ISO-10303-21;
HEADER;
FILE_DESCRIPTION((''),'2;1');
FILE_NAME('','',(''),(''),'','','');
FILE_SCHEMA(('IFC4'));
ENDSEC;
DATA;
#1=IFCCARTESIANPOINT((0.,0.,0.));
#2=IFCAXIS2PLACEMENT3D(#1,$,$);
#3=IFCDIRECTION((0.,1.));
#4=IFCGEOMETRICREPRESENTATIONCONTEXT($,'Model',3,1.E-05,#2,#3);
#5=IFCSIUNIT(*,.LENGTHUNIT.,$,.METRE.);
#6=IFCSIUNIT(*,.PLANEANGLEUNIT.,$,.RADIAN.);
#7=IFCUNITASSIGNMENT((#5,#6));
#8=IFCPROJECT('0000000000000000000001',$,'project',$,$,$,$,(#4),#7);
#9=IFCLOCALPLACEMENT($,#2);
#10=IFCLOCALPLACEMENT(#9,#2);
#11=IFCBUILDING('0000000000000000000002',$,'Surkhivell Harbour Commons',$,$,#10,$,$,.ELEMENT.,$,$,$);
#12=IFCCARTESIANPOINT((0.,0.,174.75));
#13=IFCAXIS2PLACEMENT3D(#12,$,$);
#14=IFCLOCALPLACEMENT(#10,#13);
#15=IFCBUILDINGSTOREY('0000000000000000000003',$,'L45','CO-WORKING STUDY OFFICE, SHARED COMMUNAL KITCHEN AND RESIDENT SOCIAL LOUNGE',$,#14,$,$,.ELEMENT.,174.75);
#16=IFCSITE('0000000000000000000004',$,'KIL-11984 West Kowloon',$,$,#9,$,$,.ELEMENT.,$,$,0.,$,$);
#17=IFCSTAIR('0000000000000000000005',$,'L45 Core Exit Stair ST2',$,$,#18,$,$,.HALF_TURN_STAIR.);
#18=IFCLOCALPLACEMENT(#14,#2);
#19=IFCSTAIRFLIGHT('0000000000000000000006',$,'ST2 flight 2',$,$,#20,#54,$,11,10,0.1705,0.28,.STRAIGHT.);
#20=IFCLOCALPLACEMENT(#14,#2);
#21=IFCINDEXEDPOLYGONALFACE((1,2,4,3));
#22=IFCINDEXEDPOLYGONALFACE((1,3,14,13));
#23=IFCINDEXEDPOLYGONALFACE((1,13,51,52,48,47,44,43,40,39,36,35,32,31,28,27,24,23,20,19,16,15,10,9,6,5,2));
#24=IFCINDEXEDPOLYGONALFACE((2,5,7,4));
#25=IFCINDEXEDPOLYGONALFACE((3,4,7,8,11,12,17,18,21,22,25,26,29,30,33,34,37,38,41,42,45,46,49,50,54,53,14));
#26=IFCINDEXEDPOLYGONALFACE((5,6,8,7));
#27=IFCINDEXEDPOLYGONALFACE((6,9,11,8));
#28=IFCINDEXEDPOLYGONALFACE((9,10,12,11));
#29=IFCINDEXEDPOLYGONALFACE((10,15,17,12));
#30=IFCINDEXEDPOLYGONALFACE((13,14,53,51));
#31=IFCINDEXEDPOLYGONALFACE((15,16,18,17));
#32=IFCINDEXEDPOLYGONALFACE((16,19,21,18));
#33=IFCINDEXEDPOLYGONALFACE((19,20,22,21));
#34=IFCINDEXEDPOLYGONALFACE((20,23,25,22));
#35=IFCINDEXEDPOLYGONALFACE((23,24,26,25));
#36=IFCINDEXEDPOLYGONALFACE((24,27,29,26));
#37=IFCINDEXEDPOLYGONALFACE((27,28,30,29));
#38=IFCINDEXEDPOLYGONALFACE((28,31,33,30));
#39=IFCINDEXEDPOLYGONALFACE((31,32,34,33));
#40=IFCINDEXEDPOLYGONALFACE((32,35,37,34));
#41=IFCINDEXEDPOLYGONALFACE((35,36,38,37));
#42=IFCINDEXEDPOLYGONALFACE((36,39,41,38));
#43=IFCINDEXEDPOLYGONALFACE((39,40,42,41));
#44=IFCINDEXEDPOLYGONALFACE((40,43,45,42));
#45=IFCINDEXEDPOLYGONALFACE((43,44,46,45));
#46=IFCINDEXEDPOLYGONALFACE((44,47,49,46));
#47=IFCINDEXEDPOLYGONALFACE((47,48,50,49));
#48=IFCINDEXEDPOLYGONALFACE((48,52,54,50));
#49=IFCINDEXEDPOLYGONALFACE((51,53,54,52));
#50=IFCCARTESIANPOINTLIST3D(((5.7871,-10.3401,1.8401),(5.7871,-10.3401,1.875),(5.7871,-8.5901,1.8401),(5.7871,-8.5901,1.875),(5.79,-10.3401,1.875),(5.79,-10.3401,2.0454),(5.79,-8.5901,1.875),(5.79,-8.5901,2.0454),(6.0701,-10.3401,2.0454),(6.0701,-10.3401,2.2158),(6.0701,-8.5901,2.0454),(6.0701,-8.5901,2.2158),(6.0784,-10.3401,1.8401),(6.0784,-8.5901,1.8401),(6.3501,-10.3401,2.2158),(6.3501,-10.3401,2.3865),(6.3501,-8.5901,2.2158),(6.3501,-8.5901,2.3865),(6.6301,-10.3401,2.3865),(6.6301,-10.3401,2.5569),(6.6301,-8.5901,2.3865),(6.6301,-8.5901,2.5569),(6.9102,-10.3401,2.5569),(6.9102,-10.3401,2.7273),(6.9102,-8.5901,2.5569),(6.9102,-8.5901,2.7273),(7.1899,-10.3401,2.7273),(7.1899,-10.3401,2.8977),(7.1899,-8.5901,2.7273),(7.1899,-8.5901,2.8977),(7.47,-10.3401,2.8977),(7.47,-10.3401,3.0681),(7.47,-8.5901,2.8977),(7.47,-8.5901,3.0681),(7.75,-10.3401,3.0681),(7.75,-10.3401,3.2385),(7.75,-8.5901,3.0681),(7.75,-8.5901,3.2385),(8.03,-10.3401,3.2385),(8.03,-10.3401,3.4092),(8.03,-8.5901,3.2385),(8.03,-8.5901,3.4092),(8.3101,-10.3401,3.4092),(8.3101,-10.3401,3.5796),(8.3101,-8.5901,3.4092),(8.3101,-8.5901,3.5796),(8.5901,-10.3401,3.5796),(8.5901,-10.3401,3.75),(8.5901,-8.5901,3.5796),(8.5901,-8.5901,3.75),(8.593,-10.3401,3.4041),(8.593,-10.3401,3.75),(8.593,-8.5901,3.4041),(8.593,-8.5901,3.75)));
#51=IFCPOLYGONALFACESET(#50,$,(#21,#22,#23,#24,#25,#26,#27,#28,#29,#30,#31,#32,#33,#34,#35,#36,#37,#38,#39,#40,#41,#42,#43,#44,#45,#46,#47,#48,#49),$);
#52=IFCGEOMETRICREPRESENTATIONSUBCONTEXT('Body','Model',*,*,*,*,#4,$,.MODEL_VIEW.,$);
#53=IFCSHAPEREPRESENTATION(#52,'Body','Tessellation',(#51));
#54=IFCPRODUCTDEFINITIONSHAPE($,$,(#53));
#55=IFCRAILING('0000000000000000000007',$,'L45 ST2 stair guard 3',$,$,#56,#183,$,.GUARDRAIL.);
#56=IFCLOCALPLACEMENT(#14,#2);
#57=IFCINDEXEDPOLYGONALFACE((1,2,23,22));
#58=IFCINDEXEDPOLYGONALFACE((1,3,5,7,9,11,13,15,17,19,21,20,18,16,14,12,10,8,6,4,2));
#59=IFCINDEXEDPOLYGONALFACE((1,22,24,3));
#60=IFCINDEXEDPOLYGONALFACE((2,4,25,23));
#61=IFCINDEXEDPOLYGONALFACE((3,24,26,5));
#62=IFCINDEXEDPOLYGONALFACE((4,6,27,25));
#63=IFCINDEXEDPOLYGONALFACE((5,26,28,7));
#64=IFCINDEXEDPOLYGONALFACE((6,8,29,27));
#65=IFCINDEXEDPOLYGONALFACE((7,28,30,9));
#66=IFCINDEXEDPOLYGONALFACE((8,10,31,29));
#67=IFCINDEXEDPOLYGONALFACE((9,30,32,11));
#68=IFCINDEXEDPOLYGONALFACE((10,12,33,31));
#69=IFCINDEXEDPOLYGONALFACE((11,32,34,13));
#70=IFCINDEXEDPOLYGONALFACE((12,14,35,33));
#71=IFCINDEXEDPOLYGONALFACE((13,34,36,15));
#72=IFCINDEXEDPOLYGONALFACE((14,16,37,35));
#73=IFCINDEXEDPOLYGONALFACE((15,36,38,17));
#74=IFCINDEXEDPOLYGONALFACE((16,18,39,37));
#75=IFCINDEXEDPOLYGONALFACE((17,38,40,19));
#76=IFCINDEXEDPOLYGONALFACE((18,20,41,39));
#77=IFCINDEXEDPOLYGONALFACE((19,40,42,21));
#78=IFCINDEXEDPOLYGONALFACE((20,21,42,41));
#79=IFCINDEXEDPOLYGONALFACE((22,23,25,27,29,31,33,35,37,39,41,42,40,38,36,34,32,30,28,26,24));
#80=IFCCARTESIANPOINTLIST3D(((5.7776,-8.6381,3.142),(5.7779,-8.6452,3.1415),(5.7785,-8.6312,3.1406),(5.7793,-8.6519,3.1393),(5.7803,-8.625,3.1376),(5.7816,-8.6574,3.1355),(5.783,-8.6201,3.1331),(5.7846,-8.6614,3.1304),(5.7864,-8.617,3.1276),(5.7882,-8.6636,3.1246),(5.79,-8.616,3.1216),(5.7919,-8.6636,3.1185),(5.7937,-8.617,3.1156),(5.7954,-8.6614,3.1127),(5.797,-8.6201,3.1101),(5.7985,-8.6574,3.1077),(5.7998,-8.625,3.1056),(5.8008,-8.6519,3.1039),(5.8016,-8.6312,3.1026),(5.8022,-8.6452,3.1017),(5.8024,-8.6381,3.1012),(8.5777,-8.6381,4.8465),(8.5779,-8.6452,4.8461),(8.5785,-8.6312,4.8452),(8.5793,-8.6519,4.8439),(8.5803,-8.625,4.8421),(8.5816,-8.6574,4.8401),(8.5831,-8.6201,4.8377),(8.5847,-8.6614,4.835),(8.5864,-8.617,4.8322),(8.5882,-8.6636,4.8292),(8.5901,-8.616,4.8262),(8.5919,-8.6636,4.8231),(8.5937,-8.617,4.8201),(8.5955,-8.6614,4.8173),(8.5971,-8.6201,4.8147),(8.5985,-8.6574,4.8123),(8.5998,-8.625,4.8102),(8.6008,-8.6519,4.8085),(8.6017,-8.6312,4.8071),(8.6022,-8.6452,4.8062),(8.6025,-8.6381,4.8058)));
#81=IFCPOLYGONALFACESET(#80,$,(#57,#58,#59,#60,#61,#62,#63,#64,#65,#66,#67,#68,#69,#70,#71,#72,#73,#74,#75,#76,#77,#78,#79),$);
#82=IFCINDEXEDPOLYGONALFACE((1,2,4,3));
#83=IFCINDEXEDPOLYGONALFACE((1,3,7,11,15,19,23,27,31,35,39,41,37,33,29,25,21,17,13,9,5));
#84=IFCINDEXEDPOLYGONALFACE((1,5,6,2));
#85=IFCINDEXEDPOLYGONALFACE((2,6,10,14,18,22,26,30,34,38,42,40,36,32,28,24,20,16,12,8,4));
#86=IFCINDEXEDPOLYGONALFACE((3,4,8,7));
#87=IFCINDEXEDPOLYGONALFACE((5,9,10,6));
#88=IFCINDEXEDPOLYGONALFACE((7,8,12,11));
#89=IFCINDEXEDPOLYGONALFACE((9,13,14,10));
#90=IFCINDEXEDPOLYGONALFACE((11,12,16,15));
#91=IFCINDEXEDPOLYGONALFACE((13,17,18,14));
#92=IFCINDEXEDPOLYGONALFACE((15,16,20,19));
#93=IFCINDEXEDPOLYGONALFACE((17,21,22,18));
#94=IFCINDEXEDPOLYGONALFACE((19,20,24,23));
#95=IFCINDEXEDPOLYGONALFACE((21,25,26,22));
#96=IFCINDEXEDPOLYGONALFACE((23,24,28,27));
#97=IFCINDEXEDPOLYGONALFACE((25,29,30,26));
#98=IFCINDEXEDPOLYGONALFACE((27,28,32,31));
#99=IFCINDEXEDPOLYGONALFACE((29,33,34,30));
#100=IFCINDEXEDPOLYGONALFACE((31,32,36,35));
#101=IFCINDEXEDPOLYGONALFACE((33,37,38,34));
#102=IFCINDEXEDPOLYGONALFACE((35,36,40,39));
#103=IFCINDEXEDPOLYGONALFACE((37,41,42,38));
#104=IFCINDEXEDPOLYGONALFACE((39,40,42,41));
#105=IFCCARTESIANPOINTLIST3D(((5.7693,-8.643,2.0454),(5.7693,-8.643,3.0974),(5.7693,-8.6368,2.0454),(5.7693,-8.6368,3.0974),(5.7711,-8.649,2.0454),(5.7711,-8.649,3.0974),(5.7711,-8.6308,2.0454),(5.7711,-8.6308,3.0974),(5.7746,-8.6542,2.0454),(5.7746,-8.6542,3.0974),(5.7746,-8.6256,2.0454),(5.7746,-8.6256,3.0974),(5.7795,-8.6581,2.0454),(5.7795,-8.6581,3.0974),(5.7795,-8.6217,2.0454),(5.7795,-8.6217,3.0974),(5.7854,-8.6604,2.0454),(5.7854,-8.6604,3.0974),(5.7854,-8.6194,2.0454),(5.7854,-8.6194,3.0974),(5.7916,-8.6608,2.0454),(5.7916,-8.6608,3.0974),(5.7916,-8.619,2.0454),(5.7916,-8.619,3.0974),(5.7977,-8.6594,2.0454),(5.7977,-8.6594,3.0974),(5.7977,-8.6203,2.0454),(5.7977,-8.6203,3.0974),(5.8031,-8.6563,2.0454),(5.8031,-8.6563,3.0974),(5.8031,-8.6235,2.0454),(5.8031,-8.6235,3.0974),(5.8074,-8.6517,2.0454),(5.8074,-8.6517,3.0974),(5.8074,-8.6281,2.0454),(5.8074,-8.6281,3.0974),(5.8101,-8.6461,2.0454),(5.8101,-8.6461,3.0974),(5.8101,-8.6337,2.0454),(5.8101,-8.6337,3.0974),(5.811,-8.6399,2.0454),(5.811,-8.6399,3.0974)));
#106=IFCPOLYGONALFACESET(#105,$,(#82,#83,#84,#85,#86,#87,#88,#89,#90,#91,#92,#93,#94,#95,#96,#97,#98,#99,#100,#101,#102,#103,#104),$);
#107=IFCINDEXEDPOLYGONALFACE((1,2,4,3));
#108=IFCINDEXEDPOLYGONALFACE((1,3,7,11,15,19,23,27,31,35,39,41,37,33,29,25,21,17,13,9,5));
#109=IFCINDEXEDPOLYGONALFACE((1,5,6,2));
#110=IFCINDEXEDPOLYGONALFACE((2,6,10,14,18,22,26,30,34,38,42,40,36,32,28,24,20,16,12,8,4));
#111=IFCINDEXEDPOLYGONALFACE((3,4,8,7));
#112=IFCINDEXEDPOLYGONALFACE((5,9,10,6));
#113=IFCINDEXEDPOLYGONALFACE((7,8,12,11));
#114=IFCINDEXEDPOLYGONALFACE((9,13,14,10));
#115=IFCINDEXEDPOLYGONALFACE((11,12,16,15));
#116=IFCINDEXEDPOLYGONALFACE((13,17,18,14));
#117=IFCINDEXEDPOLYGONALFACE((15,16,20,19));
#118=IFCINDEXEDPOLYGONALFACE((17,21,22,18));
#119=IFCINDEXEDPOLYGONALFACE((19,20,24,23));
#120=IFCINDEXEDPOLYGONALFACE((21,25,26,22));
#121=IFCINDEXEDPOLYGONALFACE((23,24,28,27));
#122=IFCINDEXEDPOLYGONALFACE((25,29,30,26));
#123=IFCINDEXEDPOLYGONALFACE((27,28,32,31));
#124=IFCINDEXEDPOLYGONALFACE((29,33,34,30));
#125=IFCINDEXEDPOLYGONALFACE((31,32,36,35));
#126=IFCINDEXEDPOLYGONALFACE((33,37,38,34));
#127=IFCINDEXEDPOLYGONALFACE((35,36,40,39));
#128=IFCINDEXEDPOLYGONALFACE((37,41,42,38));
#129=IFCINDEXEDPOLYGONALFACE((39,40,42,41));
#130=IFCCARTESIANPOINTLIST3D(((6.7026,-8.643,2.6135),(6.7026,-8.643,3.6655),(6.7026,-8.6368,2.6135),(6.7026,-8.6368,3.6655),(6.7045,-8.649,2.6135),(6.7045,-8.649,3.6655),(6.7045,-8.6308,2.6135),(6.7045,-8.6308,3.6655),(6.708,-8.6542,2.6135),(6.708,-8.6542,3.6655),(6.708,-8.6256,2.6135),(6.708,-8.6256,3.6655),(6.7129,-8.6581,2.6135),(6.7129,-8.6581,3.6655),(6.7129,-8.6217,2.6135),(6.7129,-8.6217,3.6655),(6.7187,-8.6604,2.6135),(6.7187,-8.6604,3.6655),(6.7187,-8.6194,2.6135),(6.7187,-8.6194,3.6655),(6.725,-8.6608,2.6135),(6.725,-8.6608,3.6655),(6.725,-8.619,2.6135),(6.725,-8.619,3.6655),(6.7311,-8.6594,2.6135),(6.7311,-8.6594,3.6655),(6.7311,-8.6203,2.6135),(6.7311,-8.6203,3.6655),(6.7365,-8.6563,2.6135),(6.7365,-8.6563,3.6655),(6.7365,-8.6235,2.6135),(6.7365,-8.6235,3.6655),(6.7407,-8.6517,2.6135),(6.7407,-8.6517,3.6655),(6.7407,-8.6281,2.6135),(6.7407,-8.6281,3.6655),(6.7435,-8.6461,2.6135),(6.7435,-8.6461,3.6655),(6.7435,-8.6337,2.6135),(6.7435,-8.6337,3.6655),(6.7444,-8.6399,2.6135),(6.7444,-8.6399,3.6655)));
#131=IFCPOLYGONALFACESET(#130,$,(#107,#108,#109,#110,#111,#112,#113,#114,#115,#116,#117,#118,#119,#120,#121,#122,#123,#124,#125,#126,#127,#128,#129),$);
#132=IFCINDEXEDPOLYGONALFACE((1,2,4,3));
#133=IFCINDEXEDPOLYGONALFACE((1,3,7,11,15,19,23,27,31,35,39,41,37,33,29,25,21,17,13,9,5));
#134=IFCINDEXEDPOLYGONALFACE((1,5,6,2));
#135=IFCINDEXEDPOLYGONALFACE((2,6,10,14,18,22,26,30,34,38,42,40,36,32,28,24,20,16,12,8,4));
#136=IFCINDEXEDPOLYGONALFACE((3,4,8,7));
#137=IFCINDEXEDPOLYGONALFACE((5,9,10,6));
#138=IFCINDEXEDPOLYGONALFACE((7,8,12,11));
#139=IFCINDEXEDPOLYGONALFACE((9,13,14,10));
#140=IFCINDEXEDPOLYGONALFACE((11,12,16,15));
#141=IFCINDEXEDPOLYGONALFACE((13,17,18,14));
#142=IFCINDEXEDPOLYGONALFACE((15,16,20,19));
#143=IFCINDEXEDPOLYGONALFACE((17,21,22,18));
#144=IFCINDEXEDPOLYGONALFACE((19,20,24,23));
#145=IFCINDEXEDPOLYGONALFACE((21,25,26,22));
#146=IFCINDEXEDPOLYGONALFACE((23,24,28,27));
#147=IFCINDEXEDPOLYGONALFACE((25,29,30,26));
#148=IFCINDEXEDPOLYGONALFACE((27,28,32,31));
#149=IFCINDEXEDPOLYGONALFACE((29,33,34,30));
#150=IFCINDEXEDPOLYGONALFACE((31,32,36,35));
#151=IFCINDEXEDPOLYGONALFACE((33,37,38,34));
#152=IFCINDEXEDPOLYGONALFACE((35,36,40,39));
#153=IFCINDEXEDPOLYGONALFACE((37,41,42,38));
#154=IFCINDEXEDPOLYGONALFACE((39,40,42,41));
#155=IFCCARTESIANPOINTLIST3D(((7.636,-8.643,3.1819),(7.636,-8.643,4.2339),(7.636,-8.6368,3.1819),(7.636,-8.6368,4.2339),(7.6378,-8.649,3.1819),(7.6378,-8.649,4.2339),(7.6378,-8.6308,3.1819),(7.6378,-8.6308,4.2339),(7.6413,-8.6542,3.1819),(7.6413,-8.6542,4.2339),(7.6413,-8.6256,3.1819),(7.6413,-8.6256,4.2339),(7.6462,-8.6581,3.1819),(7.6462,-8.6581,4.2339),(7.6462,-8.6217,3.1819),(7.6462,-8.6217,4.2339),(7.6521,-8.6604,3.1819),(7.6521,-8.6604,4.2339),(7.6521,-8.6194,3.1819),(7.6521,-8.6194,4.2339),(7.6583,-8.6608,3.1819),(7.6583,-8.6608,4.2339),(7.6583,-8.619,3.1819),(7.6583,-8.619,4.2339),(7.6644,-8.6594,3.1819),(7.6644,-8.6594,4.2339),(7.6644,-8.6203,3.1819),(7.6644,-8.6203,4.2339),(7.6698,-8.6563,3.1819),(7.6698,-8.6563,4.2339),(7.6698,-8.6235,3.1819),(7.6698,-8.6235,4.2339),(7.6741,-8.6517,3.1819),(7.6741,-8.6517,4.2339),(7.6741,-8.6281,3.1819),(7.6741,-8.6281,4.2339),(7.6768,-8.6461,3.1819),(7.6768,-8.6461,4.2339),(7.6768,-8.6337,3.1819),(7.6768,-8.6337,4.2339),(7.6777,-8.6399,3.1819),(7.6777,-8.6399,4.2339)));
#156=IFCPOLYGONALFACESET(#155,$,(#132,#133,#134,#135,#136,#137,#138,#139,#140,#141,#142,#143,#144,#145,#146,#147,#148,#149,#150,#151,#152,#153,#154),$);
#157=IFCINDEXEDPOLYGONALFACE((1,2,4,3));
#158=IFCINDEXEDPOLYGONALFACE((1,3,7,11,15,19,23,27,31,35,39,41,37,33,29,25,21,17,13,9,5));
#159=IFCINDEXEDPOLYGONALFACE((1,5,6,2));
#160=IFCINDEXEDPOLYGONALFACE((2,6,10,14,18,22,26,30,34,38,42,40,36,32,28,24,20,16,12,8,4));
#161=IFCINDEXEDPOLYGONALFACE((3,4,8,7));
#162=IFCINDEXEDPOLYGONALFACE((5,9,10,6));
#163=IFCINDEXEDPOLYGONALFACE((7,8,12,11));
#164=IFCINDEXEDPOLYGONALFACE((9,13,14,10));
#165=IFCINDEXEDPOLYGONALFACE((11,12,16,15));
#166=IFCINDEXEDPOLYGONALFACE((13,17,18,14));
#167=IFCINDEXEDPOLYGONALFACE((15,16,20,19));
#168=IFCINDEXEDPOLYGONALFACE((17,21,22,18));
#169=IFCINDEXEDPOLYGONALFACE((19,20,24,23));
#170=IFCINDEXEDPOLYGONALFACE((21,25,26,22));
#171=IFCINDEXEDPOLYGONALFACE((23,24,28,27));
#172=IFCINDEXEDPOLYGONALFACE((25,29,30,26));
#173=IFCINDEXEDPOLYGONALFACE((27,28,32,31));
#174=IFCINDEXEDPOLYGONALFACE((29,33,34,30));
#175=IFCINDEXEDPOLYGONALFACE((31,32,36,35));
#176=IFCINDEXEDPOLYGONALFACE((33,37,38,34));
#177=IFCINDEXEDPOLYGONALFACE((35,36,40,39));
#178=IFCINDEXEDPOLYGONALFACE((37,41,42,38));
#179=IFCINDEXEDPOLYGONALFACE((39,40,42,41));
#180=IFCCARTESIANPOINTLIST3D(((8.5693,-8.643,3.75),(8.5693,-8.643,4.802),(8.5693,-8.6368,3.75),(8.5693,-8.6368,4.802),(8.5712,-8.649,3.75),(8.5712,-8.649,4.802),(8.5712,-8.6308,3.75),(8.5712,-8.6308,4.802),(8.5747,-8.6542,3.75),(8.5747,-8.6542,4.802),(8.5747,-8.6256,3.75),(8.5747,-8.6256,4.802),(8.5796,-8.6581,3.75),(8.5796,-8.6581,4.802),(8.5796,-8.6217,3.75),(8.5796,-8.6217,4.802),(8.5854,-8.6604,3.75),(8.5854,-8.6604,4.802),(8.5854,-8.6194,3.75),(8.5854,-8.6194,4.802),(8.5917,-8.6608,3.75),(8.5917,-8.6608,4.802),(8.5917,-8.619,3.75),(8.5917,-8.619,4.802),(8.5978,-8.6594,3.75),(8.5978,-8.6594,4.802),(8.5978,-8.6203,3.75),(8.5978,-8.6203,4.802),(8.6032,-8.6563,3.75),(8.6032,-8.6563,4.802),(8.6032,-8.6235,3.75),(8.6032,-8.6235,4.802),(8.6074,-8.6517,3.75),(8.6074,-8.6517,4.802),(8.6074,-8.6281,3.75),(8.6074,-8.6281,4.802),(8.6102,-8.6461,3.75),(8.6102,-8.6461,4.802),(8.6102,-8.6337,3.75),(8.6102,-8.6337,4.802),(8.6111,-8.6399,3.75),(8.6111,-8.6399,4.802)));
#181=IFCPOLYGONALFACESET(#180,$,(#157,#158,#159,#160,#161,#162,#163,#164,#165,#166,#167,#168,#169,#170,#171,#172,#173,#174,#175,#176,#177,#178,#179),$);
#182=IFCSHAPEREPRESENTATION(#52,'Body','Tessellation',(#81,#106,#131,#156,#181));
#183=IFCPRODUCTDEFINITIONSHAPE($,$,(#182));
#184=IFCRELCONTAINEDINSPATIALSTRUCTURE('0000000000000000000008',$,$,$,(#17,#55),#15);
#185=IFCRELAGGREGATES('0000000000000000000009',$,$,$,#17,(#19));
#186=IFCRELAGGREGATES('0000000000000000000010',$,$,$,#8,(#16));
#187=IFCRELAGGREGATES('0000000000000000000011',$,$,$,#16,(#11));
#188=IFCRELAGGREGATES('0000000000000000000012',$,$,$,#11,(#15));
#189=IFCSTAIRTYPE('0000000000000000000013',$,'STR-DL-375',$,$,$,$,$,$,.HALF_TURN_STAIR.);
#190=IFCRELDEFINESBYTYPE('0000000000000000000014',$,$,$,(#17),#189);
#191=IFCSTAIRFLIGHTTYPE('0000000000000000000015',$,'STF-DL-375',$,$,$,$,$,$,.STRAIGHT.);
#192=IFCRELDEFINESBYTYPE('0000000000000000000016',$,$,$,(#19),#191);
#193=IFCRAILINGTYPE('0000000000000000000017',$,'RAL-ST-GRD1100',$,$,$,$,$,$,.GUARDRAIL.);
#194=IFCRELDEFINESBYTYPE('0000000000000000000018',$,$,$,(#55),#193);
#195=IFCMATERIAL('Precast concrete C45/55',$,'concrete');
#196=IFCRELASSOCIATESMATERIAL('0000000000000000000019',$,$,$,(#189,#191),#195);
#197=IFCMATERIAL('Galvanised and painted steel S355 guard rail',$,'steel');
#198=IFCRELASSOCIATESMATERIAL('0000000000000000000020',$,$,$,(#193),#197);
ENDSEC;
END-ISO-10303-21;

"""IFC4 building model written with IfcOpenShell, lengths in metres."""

from ifc_helpers import new_model, si_unit, direction, frame, origin, origin_2d, place, context, subcontext, project, spatial, polyline, circle, outline, extrude, material, type_object, element, aggregate, save


model = new_model("IFC4")

# Units and contexts
model_context = context("Model", 3, precision=1e-05, world=origin(), true_north=direction((0.0, 1.0)))
body_context = subcontext(model_context, "Body", "Model", "MODEL_VIEW")
ifc_project = project(units=[si_unit("LENGTHUNIT", "METRE"), si_unit("PLANEANGLEUNIT", "RADIAN")], contexts=[model_context])

# Site, building, storey
site_placement = place(None, origin())
site = spatial("IfcSite", under=ifc_project, at=site_placement, Name="KIL-11984 West Kowloon", CompositionType="ELEMENT", RefElevation=0.0)
building_placement = place(site_placement, origin())
building = spatial("IfcBuilding", under=site, at=building_placement, Name="Surkhivell Harbour Commons", CompositionType="ELEMENT")
storey_placement = place(building_placement, frame((0.0, 0.0, 174.75)))
storey = spatial("IfcBuildingStorey", under=building, at=storey_placement, Name="L45", Description="CO-WORKING STUDY OFFICE, SHARED COMMUNAL KITCHEN AND RESIDENT SOCIAL LOUNGE", CompositionType="ELEMENT", Elevation=174.75)

# Stair, stair flight
ifc_material_1 = material(Name="Precast concrete C45/55", Category="concrete")
stair_type = type_object("IfcStairType", Name="STR-DL-375", PredefinedType="HALF_TURN_STAIR", material=ifc_material_1)
stair_placement = place(storey_placement, origin())
stair = element("IfcStair", 1, at=stair_placement, inside=storey, type_object=stair_type, Name="L45 Core Exit Stair ST2", PredefinedType="HALF_TURN_STAIR")
stair_flight_type = type_object("IfcStairFlightType", Name="STF-DL-375", PredefinedType="STRAIGHT", material=ifc_material_1)
stair_flight_placement = place(storey_placement, frame((5.79, -9.4651, 1.875), z_axis=(0.0, 0.0, 1.0), x_axis=(1.0, 0.0, 0.0)))
stair_flight = element("IfcStairFlight", 2, at=stair_flight_placement, type_object=stair_flight_type, Name="ST2 flight 2", NumberOfRisers=11, NumberOfTreads=10, PredefinedType="STRAIGHT", RiserHeight=0.1705, TreadLength=0.28, context=body_context, shape_type="SweptSolid", body=[
    extrude(outline(polyline([(-0.0029, -0.0349), (-0.0029, 0.0), (0.0, 0.0), (0.0, 0.1704), (0.28, 0.1704), (0.28, 0.3408), (0.5601, 0.3408), (0.5601, 0.5115), (0.8401, 0.5115), (0.8401, 0.6819), (1.1201, 0.6819), (1.1201, 0.8523), (1.3999, 0.8523), (1.3999, 1.0227), (1.6799, 1.0227), (1.6799, 1.1931), (1.96, 1.1931), (1.96, 1.3635), (2.24, 1.3635), (2.24, 1.5342), (2.52, 1.5342), (2.52, 1.7046), (2.8, 1.7046), (2.8, 1.875), (2.803, 1.875), (2.803, 1.5291), (0.2883, -0.0349), (-0.0029, -0.0349)])), frame((0.0, 0.875, 0.0), z_axis=(0.0, -1.0, 0.0), x_axis=(1.0, 0.0, 0.0)), (0.0, 0.0, 1.0), 1.75),
])
aggregate(stair, [stair_flight])

# Railing
ifc_material_2 = material(Name="Galvanised and painted steel S355 guard rail", Category="steel")
railing_type = type_object("IfcRailingType", Name="RAL-ST-GRD1100", PredefinedType="GUARDRAIL", material=ifc_material_2)
railing_1_placement = place(storey_placement, frame((5.79, -8.6399, 2.0454)))
element("IfcRailing", 3, at=railing_1_placement, inside=storey, type_object=railing_type, Name="L45 ST2 stair guard 3", PredefinedType="GUARDRAIL", context=body_context, shape_type="SweptSolid", body=[
    extrude(circle(Radius=0.0239, at=origin_2d()), frame((0.0, 0.0, 1.0762), z_axis=(0.85417, 0.0, 0.519994), x_axis=(0.0, 1.0, 0.0)), (0.0, 0.0, 1.0), 3.2781),
    extrude(circle(Radius=0.021, at=origin_2d()), origin(), (0.0, 0.0, 1.0), 1.052),
    extrude(circle(Radius=0.021, at=origin_2d()), frame((0.9333, 0.0, 0.5681)), (0.0, 0.0, 1.0), 1.052),
    extrude(circle(Radius=0.021, at=origin_2d()), frame((1.8667, 0.0, 1.1365)), (0.0, 0.0, 1.0), 1.052),
    extrude(circle(Radius=0.021, at=origin_2d()), frame((2.8, 0.0, 1.7046)), (0.0, 0.0, 1.0), 1.052),
])

save(model, "model.ifc")
